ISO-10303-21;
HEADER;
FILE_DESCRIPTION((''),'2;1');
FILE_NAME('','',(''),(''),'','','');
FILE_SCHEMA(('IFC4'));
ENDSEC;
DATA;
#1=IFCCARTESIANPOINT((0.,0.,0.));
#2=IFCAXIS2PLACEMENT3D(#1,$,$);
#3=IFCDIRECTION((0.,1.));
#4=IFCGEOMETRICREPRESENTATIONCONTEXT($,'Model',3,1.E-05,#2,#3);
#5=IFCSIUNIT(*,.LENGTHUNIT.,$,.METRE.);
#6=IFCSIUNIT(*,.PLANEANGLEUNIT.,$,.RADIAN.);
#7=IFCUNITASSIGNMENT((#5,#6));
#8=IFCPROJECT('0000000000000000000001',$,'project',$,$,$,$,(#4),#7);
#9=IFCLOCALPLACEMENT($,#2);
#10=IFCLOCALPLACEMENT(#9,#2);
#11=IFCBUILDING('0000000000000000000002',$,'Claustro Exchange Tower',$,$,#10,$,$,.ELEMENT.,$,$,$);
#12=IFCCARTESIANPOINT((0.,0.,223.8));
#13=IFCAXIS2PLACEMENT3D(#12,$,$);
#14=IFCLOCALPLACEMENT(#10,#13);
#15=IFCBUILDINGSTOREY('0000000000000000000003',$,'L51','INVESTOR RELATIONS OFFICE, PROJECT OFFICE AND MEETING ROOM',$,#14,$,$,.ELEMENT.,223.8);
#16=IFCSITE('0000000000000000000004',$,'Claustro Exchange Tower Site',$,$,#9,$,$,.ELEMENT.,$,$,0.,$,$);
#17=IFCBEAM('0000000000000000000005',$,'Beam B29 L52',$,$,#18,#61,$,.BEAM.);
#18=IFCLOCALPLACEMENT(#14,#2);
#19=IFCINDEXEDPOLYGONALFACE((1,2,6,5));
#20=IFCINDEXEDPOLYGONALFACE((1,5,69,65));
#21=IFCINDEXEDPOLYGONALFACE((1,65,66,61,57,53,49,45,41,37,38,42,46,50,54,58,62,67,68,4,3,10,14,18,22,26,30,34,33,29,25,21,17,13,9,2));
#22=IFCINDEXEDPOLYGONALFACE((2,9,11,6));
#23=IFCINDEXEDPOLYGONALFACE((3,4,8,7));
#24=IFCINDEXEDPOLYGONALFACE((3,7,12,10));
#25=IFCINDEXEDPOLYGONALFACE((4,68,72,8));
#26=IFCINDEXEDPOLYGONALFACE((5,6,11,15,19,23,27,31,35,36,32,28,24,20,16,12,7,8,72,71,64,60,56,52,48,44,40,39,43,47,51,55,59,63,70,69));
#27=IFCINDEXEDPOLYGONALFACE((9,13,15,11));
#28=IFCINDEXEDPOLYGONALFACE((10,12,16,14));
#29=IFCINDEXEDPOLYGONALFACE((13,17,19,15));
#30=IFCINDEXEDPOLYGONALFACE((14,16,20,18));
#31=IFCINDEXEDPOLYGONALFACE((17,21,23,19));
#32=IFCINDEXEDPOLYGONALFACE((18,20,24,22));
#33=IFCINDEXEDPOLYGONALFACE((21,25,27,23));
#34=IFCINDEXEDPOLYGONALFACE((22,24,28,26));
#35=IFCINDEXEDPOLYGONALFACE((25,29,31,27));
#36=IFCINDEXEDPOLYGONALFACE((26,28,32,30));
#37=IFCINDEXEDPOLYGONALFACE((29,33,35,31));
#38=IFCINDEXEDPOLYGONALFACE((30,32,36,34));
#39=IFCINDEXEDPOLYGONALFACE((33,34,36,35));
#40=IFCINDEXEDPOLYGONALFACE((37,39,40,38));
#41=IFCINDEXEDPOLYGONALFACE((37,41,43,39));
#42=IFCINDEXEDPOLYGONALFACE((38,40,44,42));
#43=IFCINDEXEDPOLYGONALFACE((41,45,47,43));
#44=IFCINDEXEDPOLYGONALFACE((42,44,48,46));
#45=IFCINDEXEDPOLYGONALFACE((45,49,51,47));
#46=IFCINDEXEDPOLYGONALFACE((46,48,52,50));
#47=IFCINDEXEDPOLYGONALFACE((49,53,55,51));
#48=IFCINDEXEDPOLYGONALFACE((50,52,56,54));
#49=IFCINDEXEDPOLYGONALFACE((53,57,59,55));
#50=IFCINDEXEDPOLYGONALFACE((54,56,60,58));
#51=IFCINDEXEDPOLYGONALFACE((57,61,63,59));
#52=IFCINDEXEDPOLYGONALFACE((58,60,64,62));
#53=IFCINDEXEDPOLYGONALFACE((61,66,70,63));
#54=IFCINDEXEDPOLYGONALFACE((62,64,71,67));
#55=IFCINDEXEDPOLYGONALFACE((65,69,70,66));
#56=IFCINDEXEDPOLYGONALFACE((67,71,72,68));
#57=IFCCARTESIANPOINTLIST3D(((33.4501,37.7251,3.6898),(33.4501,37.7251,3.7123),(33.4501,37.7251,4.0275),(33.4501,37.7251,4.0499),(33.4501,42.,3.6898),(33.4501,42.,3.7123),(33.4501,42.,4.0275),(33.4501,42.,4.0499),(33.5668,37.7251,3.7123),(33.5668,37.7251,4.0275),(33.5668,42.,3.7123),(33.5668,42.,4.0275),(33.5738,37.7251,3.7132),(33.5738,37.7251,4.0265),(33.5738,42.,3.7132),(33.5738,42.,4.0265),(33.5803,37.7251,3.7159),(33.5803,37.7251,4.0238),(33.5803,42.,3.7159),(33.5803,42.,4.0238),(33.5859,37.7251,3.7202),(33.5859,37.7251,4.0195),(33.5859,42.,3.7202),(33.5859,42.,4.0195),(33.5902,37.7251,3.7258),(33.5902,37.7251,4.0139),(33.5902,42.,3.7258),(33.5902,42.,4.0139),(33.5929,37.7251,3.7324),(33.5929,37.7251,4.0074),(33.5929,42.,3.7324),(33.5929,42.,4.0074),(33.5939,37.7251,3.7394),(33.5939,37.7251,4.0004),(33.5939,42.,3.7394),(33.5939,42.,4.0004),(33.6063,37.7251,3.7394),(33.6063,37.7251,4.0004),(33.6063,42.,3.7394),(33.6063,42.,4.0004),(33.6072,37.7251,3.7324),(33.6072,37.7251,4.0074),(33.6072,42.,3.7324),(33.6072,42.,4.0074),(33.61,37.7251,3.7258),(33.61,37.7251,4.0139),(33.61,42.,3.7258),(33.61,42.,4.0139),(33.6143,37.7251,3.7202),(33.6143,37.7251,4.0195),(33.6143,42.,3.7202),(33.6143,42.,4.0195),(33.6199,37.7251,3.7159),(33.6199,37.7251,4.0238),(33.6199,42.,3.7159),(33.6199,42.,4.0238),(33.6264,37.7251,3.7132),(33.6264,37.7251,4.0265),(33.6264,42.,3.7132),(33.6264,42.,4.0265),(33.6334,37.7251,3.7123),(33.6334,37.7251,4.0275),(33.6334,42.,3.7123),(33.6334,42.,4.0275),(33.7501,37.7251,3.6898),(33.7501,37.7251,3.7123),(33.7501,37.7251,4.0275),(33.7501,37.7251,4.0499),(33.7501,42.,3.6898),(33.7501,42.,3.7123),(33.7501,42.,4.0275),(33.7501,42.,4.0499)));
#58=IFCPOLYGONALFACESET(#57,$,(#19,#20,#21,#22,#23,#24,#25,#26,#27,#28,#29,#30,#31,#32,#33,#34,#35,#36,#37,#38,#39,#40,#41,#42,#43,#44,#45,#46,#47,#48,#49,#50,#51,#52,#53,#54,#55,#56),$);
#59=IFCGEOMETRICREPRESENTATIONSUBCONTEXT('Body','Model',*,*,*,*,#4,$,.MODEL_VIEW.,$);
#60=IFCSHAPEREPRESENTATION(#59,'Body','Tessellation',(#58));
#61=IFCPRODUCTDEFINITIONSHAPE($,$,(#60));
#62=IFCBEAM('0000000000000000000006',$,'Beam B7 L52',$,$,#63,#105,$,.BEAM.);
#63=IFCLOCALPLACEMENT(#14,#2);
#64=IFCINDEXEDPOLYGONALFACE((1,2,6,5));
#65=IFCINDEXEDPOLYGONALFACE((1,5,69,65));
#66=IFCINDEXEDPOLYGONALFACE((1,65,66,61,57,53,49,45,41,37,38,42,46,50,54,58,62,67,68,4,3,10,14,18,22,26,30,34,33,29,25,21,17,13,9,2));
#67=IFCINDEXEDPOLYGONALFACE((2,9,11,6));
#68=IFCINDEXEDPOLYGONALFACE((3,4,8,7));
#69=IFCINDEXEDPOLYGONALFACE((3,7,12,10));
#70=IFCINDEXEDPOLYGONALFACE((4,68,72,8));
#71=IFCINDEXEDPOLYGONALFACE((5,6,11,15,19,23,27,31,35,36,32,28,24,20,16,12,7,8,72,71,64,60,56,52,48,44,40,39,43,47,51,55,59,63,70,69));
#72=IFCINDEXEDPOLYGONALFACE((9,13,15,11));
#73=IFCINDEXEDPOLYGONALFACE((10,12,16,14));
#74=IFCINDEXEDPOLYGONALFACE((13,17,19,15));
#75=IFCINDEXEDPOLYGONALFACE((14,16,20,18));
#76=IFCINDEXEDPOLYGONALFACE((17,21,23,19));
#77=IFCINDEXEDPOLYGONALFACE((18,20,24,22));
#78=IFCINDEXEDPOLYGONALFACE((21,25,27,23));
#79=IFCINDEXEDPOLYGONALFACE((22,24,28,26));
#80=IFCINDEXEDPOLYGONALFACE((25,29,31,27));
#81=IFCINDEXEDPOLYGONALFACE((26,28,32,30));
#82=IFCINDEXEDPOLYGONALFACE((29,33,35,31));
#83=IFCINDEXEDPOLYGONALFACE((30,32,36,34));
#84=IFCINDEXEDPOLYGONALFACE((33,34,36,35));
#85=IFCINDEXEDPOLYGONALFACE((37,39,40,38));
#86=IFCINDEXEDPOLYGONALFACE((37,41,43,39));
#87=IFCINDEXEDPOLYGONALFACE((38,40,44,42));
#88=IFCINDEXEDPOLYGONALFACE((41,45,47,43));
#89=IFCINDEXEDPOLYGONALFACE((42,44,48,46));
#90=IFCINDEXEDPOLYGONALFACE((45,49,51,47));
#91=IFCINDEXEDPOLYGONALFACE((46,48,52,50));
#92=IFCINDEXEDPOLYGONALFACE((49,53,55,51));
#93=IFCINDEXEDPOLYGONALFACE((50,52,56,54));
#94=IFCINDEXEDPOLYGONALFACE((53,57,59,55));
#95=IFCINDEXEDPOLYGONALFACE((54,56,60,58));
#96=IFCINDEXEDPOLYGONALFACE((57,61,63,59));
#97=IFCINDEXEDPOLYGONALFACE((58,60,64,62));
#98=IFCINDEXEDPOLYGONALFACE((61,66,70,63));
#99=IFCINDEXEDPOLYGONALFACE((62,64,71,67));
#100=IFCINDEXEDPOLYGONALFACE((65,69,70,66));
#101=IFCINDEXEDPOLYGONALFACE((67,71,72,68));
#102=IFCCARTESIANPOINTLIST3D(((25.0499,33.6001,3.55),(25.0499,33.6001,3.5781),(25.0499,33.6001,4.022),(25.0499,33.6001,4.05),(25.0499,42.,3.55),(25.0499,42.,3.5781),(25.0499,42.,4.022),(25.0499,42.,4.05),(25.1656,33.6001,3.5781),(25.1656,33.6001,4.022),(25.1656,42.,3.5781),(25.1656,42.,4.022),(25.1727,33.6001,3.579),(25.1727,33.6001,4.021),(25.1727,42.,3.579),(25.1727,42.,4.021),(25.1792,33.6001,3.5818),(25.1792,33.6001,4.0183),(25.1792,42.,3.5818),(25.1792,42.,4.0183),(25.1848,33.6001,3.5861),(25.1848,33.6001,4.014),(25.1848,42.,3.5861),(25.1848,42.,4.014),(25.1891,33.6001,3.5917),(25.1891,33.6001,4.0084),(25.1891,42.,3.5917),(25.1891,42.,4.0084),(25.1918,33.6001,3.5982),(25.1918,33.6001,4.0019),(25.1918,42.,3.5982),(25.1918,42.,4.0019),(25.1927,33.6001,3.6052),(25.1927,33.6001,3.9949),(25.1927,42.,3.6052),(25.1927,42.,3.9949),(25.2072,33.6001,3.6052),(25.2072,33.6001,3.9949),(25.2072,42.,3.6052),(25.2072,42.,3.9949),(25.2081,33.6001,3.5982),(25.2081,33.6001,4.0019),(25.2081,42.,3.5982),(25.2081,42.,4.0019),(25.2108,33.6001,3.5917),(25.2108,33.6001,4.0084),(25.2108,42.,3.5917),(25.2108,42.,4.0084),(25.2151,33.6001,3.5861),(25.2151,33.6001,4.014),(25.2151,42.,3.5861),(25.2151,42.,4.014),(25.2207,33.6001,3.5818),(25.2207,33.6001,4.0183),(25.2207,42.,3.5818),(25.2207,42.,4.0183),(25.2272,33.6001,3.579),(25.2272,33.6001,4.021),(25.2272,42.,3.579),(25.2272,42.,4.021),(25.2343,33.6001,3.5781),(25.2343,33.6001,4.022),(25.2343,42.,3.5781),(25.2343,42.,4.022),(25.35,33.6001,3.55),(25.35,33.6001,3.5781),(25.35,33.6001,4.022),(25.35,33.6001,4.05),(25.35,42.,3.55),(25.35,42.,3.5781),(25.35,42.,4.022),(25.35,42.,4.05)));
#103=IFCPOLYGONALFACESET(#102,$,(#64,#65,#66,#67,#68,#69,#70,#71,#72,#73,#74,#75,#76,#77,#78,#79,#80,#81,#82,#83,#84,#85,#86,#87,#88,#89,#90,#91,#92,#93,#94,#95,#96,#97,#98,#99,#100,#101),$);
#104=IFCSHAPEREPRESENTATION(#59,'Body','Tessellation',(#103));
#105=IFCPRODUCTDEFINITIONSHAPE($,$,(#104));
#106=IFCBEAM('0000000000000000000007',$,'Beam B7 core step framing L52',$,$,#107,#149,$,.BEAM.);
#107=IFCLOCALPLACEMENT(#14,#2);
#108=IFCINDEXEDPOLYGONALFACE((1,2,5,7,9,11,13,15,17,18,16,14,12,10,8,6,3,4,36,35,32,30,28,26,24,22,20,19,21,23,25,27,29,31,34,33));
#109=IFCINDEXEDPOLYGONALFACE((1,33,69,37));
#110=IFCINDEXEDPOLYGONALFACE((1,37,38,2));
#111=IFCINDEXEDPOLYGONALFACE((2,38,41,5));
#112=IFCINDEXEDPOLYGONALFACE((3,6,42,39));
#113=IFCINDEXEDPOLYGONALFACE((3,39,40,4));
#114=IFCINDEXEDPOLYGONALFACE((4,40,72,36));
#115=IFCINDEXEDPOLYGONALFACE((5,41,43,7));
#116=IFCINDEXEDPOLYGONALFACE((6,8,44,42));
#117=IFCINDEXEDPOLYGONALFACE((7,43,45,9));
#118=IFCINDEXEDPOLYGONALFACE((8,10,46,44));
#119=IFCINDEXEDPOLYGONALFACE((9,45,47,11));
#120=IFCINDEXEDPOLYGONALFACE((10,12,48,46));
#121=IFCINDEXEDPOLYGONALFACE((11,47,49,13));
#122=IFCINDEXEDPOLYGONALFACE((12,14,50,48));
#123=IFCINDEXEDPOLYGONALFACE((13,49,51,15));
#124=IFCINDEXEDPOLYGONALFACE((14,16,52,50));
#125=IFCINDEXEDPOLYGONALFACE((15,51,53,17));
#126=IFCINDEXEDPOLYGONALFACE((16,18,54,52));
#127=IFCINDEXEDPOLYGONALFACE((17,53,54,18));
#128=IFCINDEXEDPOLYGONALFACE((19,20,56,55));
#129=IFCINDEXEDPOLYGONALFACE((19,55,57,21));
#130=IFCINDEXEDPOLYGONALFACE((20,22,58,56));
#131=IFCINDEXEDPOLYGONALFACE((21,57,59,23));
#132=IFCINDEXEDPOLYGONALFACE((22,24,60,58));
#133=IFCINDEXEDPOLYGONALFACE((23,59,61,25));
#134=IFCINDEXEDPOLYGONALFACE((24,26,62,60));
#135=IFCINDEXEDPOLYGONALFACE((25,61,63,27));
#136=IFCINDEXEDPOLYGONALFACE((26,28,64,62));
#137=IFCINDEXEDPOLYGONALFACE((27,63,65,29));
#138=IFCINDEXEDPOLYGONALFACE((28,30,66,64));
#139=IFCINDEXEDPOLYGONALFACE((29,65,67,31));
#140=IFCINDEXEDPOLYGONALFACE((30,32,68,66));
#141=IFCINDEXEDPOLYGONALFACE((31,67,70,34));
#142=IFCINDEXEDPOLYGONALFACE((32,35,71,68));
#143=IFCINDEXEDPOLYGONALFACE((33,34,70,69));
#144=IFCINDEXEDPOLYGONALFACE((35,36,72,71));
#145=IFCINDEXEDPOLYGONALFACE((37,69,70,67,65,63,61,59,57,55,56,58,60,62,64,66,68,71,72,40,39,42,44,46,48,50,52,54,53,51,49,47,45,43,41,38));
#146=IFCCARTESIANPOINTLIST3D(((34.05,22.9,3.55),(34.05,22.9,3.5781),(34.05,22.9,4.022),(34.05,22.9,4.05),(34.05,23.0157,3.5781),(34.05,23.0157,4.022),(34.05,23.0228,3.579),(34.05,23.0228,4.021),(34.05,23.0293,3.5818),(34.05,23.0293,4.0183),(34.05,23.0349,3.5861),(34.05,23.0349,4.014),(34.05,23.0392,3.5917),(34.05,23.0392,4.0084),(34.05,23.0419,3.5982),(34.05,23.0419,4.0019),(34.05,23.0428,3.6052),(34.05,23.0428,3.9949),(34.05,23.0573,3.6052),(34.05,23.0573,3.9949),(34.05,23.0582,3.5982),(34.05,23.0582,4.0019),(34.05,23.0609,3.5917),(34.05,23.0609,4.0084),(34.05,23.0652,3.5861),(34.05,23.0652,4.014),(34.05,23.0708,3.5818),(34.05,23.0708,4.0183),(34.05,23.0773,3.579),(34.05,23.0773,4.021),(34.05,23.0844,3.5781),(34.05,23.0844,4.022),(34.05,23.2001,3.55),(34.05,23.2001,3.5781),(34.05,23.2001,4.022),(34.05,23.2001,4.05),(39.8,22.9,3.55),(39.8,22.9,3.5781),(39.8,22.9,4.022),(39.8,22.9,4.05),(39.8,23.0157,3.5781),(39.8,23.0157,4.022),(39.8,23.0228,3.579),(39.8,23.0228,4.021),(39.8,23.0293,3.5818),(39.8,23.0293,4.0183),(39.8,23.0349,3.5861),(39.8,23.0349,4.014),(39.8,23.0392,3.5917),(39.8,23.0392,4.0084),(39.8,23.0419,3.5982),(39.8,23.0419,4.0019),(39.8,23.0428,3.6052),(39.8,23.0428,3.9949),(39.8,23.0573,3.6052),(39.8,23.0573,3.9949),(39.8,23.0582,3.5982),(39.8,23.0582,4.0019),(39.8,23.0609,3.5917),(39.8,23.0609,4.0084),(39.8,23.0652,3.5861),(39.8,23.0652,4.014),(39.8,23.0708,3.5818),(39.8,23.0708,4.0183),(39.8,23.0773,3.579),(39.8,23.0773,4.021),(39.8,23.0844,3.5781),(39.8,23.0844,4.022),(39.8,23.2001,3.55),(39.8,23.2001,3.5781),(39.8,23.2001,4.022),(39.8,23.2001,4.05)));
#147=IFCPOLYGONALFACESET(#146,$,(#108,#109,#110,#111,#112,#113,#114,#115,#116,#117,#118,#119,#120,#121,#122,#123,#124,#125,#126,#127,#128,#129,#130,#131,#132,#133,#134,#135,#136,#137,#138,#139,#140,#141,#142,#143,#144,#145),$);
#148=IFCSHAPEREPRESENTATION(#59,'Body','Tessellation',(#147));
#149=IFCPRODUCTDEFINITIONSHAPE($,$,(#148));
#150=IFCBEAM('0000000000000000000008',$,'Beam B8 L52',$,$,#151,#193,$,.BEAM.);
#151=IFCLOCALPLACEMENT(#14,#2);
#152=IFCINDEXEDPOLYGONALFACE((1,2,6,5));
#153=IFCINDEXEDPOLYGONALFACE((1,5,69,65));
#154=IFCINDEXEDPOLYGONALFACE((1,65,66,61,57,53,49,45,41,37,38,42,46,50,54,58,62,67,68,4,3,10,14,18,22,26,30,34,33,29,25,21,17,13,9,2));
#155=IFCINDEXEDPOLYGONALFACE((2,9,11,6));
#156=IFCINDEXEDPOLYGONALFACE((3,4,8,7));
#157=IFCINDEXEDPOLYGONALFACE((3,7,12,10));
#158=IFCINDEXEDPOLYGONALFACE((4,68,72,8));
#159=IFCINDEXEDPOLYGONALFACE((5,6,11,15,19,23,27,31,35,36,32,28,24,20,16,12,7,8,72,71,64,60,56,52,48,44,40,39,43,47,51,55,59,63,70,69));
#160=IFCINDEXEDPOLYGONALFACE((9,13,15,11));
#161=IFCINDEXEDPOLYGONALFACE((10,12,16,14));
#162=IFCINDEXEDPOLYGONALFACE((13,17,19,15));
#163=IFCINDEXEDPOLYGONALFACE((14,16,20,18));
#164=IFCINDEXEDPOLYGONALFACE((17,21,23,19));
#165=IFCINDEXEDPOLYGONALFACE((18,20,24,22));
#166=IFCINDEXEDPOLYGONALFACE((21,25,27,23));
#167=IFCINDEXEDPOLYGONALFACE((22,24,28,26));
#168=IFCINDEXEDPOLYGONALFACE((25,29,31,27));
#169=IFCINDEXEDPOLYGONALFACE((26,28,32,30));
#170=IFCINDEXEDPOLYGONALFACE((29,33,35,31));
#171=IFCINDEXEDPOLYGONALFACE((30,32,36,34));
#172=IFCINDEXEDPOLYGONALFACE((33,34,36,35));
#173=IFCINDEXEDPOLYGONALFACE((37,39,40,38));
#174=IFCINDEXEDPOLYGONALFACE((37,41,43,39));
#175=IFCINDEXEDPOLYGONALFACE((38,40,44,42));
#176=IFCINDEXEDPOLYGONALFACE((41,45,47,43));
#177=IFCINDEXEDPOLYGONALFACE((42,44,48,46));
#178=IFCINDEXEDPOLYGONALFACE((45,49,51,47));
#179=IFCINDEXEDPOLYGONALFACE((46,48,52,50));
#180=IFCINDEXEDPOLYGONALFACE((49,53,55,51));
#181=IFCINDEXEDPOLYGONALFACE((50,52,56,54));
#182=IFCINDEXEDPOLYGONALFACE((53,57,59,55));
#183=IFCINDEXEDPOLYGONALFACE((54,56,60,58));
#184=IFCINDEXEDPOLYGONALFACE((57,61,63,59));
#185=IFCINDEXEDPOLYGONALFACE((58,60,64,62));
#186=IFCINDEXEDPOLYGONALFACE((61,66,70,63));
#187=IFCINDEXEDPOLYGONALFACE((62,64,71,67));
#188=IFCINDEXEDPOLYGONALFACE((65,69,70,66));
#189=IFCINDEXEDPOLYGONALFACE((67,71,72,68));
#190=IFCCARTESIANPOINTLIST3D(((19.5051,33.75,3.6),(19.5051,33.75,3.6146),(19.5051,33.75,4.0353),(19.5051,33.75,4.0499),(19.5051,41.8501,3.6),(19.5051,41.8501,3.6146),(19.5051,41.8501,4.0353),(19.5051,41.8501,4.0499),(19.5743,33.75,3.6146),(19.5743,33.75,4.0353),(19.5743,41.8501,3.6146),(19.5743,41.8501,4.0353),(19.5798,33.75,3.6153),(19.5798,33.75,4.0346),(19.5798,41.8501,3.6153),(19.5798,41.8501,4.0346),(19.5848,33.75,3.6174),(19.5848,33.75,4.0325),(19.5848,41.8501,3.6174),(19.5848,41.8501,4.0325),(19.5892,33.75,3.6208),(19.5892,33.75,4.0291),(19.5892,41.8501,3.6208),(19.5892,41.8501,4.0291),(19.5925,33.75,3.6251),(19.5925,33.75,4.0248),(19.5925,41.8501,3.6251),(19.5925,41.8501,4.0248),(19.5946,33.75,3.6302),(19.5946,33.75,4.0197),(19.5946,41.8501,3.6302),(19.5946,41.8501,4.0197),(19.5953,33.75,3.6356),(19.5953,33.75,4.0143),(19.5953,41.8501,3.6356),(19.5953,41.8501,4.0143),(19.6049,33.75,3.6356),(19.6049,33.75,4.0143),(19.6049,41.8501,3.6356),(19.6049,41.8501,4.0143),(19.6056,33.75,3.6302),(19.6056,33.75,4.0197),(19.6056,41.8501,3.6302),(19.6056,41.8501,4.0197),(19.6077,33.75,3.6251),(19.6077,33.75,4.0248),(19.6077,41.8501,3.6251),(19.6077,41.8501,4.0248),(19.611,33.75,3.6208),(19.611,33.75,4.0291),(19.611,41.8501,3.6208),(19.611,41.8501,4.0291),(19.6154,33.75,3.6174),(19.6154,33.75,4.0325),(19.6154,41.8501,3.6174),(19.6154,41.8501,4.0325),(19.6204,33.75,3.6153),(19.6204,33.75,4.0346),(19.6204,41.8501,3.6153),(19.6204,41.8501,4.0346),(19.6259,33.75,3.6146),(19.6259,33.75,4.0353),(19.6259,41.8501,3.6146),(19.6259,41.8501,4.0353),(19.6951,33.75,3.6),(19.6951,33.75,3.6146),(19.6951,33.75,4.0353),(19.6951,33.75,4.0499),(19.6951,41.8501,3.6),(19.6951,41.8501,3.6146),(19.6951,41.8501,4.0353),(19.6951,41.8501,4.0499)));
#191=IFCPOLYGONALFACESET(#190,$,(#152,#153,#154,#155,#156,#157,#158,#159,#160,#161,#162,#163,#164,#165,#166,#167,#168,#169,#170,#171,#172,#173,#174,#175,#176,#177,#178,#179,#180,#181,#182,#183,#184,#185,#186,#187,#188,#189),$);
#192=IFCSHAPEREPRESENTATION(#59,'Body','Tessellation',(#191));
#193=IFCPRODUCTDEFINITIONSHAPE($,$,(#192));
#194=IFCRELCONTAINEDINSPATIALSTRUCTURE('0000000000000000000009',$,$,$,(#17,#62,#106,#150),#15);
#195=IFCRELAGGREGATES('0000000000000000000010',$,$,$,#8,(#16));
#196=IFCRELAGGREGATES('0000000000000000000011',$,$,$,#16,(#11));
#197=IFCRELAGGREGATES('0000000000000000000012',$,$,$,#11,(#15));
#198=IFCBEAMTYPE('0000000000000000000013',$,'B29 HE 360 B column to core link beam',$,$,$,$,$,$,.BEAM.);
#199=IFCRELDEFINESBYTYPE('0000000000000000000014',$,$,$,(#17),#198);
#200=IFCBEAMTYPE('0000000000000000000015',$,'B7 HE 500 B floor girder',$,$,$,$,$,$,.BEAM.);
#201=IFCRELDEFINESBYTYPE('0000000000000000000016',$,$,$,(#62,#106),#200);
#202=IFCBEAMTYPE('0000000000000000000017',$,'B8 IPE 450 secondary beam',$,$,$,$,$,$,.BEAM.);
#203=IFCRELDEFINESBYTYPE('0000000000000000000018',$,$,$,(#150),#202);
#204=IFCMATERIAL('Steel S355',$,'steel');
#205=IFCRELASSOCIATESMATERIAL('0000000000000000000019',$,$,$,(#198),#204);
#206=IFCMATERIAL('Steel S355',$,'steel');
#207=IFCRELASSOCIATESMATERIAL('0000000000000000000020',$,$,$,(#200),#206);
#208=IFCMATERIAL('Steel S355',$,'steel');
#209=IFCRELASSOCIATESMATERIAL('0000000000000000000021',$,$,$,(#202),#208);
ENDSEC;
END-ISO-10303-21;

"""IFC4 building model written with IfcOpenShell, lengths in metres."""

from ifc_helpers import new_model, si_unit, direction, frame, origin, origin_2d, place, context, subcontext, project, spatial, i_section, extrude, material, material_profile, profile_set, type_object, element, save


model = new_model("IFC4")

# Units and contexts
model_context = context("Model", 3, precision=1e-05, world=origin(), true_north=direction((0.0, 1.0)))
body_context = subcontext(model_context, "Body", "Model", "MODEL_VIEW")
ifc_project = project(units=[si_unit("LENGTHUNIT", "METRE"), si_unit("PLANEANGLEUNIT", "RADIAN")], contexts=[model_context])

# Site, building, storey
site_placement = place(None, origin())
site = spatial("IfcSite", under=ifc_project, at=site_placement, Name="Claustro Exchange Tower Site", CompositionType="ELEMENT", RefElevation=0.0)
building_placement = place(site_placement, origin())
building = spatial("IfcBuilding", under=site, at=building_placement, Name="Claustro Exchange Tower", CompositionType="ELEMENT")
storey_placement = place(building_placement, frame((0.0, 0.0, 223.8)))
storey = spatial("IfcBuildingStorey", under=building, at=storey_placement, Name="L51", Description="INVESTOR RELATIONS OFFICE, PROJECT OFFICE AND MEETING ROOM", CompositionType="ELEMENT", Elevation=223.8)

# Beams
ifc_material_1 = material(Name="Steel S355", Category="steel")
ifc_material_profile_1 = material_profile(ifc_material_1, i_section(OverallWidth=0.3, OverallDepth=0.3601, WebThickness=0.0125, FlangeThickness=0.0225, FilletRadius=0.0271, at=origin_2d()), Name="HE 360 B")
ifc_profile_set_1 = profile_set([ifc_material_profile_1], Name="Steel S355")
beam_type_1 = type_object("IfcBeamType", Name="B29 HE 360 B column to core link beam", PredefinedType="BEAM", material=ifc_profile_set_1)
beam_1_placement = place(storey_placement, frame((33.6001, 37.7251, 3.8699), z_axis=(0.0, 1.0, 0.0), x_axis=(-1.0, 0.0, 0.0)))
element("IfcBeam", 1, at=beam_1_placement, inside=storey, type_object=beam_type_1, Name="Beam B29 L52", PredefinedType="BEAM", context=body_context, shape_type="SweptSolid", body=[
    extrude(i_section(OverallWidth=0.3, OverallDepth=0.3601, WebThickness=0.0125, FlangeThickness=0.0225, FilletRadius=0.0271, at=origin_2d()), origin(), (0.0, 0.0, 1.0), 4.2749),
])
ifc_material_2 = material(Name="Steel S355", Category="steel")
ifc_material_profile_2 = material_profile(ifc_material_2, i_section(OverallWidth=0.3, OverallDepth=0.5, WebThickness=0.0144, FlangeThickness=0.0281, FilletRadius=0.0271, at=origin_2d()), Name="HE 500 B")
ifc_profile_set_2 = profile_set([ifc_material_profile_2], Name="Steel S355")
beam_type_2 = type_object("IfcBeamType", Name="B7 HE 500 B floor girder", PredefinedType="BEAM", material=ifc_profile_set_2)
beam_2_placement = place(storey_placement, frame((25.2, 33.6001, 3.8), z_axis=(0.0, 1.0, 0.0), x_axis=(-1.0, 0.0, 0.0)))
element("IfcBeam", 2, at=beam_2_placement, inside=storey, type_object=beam_type_2, Name="Beam B7 L52", PredefinedType="BEAM", context=body_context, shape_type="SweptSolid", body=[
    extrude(i_section(OverallWidth=0.3, OverallDepth=0.5, WebThickness=0.0144, FlangeThickness=0.0281, FilletRadius=0.0271, at=origin_2d()), origin(), (0.0, 0.0, 1.0), 8.3999),
])
beam_3_placement = place(storey_placement, frame((34.05, 23.05, 3.8), z_axis=(1.0, 0.0, 0.0), x_axis=(0.0, 1.0, 0.0)))
element("IfcBeam", 3, at=beam_3_placement, inside=storey, type_object=beam_type_2, Name="Beam B7 core step framing L52", PredefinedType="BEAM", context=body_context, shape_type="SweptSolid", body=[
    extrude(i_section(OverallWidth=0.3, OverallDepth=0.5, WebThickness=0.0144, FlangeThickness=0.0281, FilletRadius=0.0271, at=origin_2d()), origin(), (0.0, 0.0, 1.0), 5.75),
])
ifc_material_3 = material(Name="Steel S355", Category="steel")
ifc_material_profile_3 = material_profile(ifc_material_3, i_section(OverallWidth=0.1899, OverallDepth=0.45, WebThickness=0.0095, FlangeThickness=0.0146, FilletRadius=0.021, at=origin_2d()), Name="IPE 450")
ifc_profile_set_3 = profile_set([ifc_material_profile_3], Name="Steel S355")
beam_type_3 = type_object("IfcBeamType", Name="B8 IPE 450 secondary beam", PredefinedType="BEAM", material=ifc_profile_set_3)
for number, where, z_axis, x_axis, name in (
    (4, (19.6001, 33.75, 3.825), (0.0, 1.0, 0.0), (-1.0, 0.0, 0.0), "Beam B8 L52"),
):
    element("IfcBeam", number, at=place(storey_placement, frame(where, z_axis=z_axis, x_axis=x_axis)), inside=storey, type_object=beam_type_3, Name=name, PredefinedType="BEAM", context=body_context, shape_type="SweptSolid", body=[
        extrude(i_section(OverallWidth=0.1899, OverallDepth=0.45, WebThickness=0.0095, FlangeThickness=0.0146, FilletRadius=0.021, at=origin_2d()), origin(), (0.0, 0.0, 1.0), 8.1001),
    ])

save(model, "model.ifc")
